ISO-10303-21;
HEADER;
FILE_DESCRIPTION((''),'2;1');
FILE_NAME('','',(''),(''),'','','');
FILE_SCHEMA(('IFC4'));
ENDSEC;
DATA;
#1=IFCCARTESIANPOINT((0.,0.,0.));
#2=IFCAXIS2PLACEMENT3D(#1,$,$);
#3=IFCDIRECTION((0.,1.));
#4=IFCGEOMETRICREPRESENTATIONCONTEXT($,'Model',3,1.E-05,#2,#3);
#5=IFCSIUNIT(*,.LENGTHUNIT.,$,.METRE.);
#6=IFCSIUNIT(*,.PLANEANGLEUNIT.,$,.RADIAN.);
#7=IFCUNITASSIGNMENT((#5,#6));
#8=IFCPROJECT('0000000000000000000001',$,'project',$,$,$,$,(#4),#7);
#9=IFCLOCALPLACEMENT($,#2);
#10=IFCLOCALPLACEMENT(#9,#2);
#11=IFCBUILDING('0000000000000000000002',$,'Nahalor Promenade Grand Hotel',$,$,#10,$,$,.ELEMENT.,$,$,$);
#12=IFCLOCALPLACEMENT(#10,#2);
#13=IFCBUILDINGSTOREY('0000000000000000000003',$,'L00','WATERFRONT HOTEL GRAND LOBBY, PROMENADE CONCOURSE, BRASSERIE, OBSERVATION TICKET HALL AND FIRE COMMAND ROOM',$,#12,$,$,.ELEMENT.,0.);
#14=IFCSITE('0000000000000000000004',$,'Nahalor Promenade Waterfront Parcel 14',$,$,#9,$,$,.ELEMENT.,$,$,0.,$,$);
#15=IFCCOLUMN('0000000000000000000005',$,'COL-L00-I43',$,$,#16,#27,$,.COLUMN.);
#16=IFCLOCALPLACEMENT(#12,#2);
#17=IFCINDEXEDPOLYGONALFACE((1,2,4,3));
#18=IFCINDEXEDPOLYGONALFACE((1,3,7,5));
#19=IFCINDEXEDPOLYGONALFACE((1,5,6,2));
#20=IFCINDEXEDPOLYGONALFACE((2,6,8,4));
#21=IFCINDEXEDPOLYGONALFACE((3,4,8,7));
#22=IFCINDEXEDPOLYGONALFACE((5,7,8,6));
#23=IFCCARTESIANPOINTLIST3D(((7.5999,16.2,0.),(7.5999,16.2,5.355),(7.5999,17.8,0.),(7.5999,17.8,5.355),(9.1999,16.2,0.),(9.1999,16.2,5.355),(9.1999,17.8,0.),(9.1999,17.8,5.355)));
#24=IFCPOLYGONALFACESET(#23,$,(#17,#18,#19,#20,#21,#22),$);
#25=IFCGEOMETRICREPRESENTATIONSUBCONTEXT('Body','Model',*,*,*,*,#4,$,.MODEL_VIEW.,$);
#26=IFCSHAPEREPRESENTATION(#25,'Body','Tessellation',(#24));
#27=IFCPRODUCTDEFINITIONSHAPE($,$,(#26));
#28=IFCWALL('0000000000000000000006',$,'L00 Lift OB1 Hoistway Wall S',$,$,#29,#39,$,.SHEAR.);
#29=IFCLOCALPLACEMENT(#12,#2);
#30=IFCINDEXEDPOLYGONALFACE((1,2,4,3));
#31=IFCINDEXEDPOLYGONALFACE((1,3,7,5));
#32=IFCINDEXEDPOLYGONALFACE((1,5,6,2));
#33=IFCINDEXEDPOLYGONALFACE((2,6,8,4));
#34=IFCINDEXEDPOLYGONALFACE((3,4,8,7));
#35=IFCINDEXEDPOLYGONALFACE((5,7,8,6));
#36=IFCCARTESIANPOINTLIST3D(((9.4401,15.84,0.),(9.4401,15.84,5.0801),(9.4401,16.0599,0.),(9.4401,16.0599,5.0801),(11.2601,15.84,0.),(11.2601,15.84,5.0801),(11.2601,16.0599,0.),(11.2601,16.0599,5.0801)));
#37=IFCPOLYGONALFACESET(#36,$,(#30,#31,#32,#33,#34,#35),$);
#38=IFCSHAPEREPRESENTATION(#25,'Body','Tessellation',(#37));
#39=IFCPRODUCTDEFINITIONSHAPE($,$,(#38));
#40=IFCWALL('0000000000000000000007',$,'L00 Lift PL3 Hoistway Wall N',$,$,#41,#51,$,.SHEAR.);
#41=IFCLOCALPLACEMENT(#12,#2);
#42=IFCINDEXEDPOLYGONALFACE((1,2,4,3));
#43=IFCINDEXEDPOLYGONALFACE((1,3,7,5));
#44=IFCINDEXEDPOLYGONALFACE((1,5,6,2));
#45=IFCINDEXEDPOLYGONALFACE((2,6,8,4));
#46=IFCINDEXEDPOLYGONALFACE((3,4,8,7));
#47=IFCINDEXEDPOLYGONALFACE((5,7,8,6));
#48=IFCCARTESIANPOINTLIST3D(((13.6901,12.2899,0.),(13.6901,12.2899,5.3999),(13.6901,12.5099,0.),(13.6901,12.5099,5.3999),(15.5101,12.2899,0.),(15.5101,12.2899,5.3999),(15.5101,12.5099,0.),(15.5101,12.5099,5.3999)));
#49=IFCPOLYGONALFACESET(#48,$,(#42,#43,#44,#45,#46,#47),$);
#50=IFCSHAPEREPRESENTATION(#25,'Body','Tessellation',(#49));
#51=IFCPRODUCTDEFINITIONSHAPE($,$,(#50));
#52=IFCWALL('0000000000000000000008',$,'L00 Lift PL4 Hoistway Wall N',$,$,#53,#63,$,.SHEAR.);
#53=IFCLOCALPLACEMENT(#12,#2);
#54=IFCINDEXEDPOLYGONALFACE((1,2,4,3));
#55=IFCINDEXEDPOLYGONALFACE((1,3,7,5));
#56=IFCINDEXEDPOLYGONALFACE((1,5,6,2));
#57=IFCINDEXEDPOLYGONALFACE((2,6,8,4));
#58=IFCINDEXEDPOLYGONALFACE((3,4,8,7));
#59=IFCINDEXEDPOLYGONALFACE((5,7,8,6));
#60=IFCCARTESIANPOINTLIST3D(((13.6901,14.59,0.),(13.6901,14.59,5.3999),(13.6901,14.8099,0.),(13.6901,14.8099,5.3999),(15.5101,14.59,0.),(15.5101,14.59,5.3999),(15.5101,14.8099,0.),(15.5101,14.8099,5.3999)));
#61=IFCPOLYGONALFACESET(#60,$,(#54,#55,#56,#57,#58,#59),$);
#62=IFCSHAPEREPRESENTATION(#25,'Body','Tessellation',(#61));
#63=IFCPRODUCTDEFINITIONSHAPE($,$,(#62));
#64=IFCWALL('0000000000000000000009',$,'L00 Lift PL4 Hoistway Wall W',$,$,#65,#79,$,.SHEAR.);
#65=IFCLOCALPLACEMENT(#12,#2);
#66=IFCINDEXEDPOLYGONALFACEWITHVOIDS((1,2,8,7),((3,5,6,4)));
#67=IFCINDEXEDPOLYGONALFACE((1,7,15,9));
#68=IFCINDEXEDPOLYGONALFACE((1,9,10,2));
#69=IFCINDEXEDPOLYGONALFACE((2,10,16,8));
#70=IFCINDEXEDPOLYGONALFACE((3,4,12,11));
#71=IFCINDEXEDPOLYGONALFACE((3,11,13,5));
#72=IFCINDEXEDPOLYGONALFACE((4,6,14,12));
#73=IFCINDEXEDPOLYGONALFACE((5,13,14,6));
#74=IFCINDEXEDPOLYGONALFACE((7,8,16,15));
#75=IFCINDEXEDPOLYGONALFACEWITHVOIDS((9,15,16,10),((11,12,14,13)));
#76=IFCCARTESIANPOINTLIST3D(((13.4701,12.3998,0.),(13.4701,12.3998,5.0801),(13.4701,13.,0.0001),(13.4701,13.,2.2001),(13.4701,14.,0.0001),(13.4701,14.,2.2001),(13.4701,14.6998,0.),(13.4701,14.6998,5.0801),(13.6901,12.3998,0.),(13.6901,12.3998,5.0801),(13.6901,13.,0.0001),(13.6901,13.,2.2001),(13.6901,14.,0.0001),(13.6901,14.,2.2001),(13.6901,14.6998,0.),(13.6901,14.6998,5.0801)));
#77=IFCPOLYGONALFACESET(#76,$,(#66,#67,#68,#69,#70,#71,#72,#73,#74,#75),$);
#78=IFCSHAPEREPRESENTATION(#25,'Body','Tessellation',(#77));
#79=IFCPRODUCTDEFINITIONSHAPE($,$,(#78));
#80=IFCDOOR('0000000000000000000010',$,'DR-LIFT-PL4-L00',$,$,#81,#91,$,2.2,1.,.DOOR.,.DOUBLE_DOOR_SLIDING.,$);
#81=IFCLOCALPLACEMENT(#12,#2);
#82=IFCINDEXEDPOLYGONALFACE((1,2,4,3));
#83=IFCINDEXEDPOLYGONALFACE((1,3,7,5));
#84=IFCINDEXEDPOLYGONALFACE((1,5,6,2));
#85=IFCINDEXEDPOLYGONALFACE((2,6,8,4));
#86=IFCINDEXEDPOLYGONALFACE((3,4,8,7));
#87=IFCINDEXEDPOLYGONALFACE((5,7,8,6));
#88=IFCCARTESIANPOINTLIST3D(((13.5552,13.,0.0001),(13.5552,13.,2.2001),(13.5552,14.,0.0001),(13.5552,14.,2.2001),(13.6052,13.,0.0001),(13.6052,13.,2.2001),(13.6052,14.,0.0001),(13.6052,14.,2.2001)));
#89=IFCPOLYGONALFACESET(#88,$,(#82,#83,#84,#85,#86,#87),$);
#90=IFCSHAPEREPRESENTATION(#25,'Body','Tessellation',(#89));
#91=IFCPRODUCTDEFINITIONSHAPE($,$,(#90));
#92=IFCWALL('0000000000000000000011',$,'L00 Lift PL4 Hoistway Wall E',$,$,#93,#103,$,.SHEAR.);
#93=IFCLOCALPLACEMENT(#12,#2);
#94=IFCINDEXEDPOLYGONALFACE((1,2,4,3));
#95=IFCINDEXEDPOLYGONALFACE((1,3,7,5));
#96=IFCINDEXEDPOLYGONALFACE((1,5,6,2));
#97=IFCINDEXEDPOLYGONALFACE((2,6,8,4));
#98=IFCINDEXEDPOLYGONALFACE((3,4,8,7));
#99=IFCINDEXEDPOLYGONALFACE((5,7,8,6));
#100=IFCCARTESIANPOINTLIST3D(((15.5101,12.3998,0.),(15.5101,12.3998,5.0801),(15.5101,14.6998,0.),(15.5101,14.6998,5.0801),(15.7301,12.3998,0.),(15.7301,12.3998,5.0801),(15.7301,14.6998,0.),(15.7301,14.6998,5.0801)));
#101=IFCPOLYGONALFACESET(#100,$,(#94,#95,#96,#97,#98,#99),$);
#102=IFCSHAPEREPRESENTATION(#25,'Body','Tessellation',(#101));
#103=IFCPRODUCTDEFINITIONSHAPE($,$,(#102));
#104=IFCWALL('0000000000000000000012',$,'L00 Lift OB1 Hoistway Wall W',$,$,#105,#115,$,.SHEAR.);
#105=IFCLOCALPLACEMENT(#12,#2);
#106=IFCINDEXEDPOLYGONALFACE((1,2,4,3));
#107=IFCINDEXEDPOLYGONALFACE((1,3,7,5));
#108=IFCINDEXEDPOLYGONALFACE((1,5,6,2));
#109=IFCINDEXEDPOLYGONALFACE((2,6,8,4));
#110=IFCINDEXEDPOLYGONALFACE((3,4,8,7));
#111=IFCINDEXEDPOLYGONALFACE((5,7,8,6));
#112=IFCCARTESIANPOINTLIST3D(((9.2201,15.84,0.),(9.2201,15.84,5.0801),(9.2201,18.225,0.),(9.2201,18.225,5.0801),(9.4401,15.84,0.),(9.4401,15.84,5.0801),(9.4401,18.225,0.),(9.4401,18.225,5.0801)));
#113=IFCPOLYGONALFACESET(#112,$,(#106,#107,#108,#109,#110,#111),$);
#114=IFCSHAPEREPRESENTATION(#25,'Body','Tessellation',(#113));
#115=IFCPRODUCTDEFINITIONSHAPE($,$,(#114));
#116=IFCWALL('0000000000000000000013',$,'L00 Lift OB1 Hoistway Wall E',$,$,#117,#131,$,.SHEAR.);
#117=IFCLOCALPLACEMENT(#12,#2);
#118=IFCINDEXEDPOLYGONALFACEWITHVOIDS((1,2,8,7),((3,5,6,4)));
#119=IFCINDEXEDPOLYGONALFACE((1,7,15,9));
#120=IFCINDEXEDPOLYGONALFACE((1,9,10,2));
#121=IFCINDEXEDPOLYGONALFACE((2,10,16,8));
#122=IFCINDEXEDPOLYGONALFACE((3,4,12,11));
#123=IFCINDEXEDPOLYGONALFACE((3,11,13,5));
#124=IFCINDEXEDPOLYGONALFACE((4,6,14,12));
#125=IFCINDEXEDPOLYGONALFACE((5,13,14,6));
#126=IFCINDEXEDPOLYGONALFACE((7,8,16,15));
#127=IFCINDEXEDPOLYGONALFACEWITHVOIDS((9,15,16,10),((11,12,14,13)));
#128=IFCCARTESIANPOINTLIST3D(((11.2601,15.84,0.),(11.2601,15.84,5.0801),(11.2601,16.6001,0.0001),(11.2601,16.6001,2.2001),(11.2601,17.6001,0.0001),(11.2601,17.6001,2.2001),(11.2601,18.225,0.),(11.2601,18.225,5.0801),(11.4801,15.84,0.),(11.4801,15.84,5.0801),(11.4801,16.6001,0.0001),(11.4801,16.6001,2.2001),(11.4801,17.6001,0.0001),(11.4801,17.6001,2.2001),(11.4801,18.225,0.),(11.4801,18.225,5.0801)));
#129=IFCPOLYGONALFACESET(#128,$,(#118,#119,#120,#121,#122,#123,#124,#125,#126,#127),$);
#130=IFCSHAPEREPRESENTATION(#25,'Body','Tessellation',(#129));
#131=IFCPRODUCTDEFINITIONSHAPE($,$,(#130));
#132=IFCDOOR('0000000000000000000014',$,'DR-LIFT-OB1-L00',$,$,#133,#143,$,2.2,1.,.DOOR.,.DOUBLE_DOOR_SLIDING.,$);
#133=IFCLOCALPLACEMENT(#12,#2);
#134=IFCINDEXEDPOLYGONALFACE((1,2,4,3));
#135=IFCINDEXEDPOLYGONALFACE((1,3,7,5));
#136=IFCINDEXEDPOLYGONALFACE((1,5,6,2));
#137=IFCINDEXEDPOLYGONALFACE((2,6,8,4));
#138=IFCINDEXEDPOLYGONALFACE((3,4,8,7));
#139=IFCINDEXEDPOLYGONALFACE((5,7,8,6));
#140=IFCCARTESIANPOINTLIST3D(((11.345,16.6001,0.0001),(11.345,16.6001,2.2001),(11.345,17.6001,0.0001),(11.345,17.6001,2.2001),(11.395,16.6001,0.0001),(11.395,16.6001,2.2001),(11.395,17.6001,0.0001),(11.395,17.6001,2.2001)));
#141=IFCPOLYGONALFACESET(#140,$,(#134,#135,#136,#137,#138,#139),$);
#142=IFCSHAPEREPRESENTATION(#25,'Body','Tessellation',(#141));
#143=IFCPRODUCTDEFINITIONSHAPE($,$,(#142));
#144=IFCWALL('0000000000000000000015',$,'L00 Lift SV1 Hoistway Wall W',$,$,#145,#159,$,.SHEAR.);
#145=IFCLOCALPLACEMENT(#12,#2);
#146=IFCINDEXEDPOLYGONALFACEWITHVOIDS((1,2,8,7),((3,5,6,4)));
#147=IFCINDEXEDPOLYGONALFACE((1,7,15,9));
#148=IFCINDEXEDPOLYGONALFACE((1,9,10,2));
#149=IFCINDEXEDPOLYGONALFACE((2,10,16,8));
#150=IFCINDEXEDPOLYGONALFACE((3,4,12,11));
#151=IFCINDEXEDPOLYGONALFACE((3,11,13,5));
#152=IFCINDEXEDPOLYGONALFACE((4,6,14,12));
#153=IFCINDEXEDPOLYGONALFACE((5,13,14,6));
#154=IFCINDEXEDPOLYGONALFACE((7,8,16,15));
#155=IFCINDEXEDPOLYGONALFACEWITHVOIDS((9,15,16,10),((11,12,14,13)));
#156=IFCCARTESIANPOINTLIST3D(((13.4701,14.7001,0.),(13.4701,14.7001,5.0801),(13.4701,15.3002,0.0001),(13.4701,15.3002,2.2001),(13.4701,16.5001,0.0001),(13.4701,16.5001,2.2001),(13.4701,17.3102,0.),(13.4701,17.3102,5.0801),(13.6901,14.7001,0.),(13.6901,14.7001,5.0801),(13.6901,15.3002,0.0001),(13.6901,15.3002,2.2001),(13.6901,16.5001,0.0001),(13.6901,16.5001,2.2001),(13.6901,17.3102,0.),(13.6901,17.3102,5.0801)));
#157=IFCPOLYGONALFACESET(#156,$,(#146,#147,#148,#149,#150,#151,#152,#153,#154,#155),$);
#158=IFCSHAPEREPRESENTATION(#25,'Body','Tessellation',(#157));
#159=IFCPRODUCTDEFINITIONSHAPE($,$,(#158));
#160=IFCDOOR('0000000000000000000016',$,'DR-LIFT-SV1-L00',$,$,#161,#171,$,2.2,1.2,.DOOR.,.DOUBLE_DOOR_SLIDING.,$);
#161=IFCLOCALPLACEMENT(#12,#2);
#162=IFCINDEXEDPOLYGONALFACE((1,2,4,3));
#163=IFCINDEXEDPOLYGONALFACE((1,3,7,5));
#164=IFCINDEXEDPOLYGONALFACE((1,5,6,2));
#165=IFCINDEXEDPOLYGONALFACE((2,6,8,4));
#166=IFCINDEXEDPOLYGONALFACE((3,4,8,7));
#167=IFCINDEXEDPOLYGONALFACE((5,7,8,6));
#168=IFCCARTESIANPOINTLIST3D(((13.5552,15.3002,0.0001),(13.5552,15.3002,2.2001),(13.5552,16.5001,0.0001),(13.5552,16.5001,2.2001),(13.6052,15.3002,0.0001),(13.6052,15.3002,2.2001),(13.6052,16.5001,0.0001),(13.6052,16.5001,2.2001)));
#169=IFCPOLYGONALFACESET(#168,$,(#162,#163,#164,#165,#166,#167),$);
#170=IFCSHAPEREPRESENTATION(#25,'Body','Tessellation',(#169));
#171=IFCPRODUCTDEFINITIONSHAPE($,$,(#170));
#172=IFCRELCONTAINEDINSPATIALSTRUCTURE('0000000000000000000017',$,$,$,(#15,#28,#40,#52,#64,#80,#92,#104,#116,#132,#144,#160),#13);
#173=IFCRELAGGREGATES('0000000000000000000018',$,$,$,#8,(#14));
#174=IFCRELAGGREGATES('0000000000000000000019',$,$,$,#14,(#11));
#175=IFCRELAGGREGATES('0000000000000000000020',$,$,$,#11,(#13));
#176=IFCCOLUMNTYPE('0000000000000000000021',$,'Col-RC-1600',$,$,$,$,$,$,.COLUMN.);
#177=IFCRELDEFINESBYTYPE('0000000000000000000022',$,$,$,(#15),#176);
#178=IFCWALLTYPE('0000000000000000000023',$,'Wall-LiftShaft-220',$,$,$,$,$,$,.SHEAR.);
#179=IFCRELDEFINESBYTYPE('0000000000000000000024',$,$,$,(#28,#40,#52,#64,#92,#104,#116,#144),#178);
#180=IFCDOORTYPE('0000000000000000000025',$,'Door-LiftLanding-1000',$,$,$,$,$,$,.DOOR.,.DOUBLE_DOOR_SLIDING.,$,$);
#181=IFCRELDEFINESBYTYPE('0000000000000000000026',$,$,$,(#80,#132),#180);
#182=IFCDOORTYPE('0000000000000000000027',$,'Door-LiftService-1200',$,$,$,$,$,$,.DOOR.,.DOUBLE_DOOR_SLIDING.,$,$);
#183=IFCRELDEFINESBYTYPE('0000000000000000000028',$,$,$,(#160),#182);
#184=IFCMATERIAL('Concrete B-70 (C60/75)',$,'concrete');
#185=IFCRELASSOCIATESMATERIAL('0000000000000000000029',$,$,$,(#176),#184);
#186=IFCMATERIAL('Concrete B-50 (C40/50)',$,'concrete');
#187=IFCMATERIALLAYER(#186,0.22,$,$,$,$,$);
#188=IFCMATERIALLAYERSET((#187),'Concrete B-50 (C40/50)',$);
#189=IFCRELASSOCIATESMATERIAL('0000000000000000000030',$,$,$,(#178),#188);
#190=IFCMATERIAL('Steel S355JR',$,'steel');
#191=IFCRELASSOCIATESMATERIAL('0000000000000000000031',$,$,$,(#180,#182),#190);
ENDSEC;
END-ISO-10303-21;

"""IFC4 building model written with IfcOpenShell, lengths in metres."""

from ifc_helpers import new_model, si_unit, direction, frame, frame_2d, origin, origin_2d, place, context, subcontext, project, spatial, rectangle, extrude, source, transform, mapped, material, layer, layer_set, material_profile, profile_set, type_object, element, fill, save


model = new_model("IFC4")

# Units and contexts
model_context = context("Model", 3, precision=1e-05, world=origin(), true_north=direction((0.0, 1.0)))
body_context = subcontext(model_context, "Body", "Model", "MODEL_VIEW")
ifc_project = project(units=[si_unit("LENGTHUNIT", "METRE"), si_unit("PLANEANGLEUNIT", "RADIAN")], contexts=[model_context])

# Site, building, storey
site_placement = place(None, origin())
site = spatial("IfcSite", under=ifc_project, at=site_placement, Name="Nahalor Promenade Waterfront Parcel 14", CompositionType="ELEMENT", RefElevation=0.0)
building_placement = place(site_placement, origin())
building = spatial("IfcBuilding", under=site, at=building_placement, Name="Nahalor Promenade Grand Hotel", CompositionType="ELEMENT")
storey_placement = place(building_placement, origin())
storey = spatial("IfcBuildingStorey", under=building, at=storey_placement, Name="L00", Description="WATERFRONT HOTEL GRAND LOBBY, PROMENADE CONCOURSE, BRASSERIE, OBSERVATION TICKET HALL AND FIRE COMMAND ROOM", CompositionType="ELEMENT", Elevation=0.0)

# Column
ifc_material_1 = material(Name="Concrete B-70 (C60/75)", Category="concrete")
ifc_material_profile = material_profile(ifc_material_1, rectangle(XDim=1.6, YDim=1.6, at=origin_2d()), Name="RC 1600x1600")
ifc_profile_set = profile_set([ifc_material_profile], Name="Concrete B-70 (C60/75)")
column_type = type_object("IfcColumnType", Name="Col-RC-1600", PredefinedType="COLUMN", material=ifc_profile_set)
shared_shape_1 = source(origin(), body_context, "Body", "SweptSolid", [
    extrude(rectangle(XDim=1.6, YDim=1.6, at=origin_2d()), origin(), (0.0, 0.0, 1.0), 5.355),
])
column_placement = place(storey_placement, frame((8.3999, 17.0, 0.0), z_axis=(0.0, 0.0, 1.0), x_axis=(1.0, 0.0, 0.0)))
element("IfcColumn", 1, at=column_placement, inside=storey, type_object=column_type, Name="COL-L00-I43", PredefinedType="COLUMN", context=body_context, shape_type="MappedRepresentation", body=[
    mapped(shared_shape_1, transform((0.0, 0.0, 0.0), scale=1.0)),
])

# Walls
ifc_material_2 = material(Name="Concrete B-50 (C40/50)", Category="concrete")
ifc_layer_1 = layer(ifc_material_2, 0.22)
ifc_layer_set_1 = layer_set([ifc_layer_1], Name="Concrete B-50 (C40/50)")
wall_type = type_object("IfcWallType", Name="Wall-LiftShaft-220", PredefinedType="SHEAR", material=ifc_layer_set_1)
shared_shape_2 = source(origin(), body_context, "Body", "SweptSolid", [
    extrude(rectangle(XDim=1.8201, YDim=0.22, at=frame_2d((0.9102, 0.0))), origin(), (0.0, 0.0, 1.0), 5.0801),
])
wall_1_placement = place(storey_placement, frame((9.4399, 15.95, 0.0), z_axis=(0.0, 0.0, 1.0), x_axis=(1.0, 0.0, 0.0)))
element("IfcWall", 2, at=wall_1_placement, inside=storey, type_object=wall_type, Name="L00 Lift OB1 Hoistway Wall S", PredefinedType="SHEAR", context=body_context, shape_type="MappedRepresentation", body=[
    mapped(shared_shape_2, transform((0.0, 0.0, 0.0), scale=1.0)),
])
shared_shape_3 = source(origin(), body_context, "Body", "SweptSolid", [
    extrude(rectangle(XDim=1.8201, YDim=0.22, at=frame_2d((0.9102, 0.0))), origin(), (0.0, 0.0, 1.0), 5.3999),
])
for number, where, z_axis, x_axis, name in (
    (3, (13.6899, 12.3999, 0.0), (0.0, 0.0, 1.0), (1.0, 0.0, 0.0), "L00 Lift PL3 Hoistway Wall N"),
    (4, (13.6899, 14.7, 0.0), (0.0, 0.0, 1.0), (1.0, 0.0, 0.0), "L00 Lift PL4 Hoistway Wall N"),
):
    element("IfcWall", number, at=place(storey_placement, frame(where, z_axis=z_axis, x_axis=x_axis)), inside=storey, type_object=wall_type, Name=name, PredefinedType="SHEAR", context=body_context, shape_type="MappedRepresentation", body=[
        mapped(shared_shape_3, transform((0.0, 0.0, 0.0), scale=1.0)),
    ])

# Wall, opening, door
shared_shape_4 = source(origin(), body_context, "Body", "SweptSolid", [
    extrude(rectangle(XDim=2.3, YDim=0.22, at=frame_2d((1.1499, 0.0))), origin(), (0.0, 0.0, 1.0), 5.0801),
])
wall_2_placement = place(storey_placement, frame((13.5801, 12.3999, 0.0), z_axis=(0.0, 0.0, 1.0), x_axis=(0.0, 1.0, 0.0)))
wall_2 = element("IfcWall", 5, at=wall_2_placement, inside=storey, type_object=wall_type, Name="L00 Lift PL4 Hoistway Wall W", PredefinedType="SHEAR", context=body_context, shape_type="MappedRepresentation", body=[
    mapped(shared_shape_4, transform((0.0, 0.0, 0.0), scale=1.0)),
])
opening_1_placement = place(wall_2_placement, frame((0.6001, 0.0, 0.0)))
opening_1 = element("IfcOpeningElement", 6, at=opening_1_placement, cuts=wall_2, PredefinedType="OPENING", context=body_context, shape_type="SweptSolid", body=[
    extrude(rectangle(XDim=1.0, YDim=2.2, at=frame_2d((0.5, 1.1001))), frame((0.0, 0.1199, 0.0), z_axis=(0.0, -1.0, 0.0), x_axis=(1.0, 0.0, 0.0)), (0.0, 0.0, 1.0), 0.24),
])
ifc_material_3 = material(Name="Steel S355JR", Category="steel")
door_type_1 = type_object("IfcDoorType", Name="Door-LiftLanding-1000", OperationType="DOUBLE_DOOR_SLIDING", PredefinedType="DOOR", material=ifc_material_3)
shared_shape_5 = source(origin(), body_context, "Body", "SweptSolid", [
    extrude(rectangle(XDim=1.0, YDim=2.2, at=frame_2d((0.5, 1.1001))), frame((0.0, 0.0249, 0.0), z_axis=(0.0, -1.0, 0.0), x_axis=(1.0, 0.0, 0.0)), (0.0, 0.0, 1.0), 0.05),
])
door_1_placement = place(opening_1_placement, origin())
door_1 = element("IfcDoor", 7, at=door_1_placement, inside=storey, type_object=door_type_1, Name="DR-LIFT-PL4-L00", OperationType="DOUBLE_DOOR_SLIDING", OverallHeight=2.2, OverallWidth=1.0, PredefinedType="DOOR", context=body_context, shape_type="MappedRepresentation", body=[
    mapped(shared_shape_5, transform((0.0, 0.0, 0.0), scale=1.0)),
])
fill(opening_1, door_1)

# Walls
wall_3_placement = place(storey_placement, frame((15.6201, 12.3999, 0.0), z_axis=(0.0, 0.0, 1.0), x_axis=(0.0, 1.0, 0.0)))
element("IfcWall", 8, at=wall_3_placement, inside=storey, type_object=wall_type, Name="L00 Lift PL4 Hoistway Wall E", PredefinedType="SHEAR", context=body_context, shape_type="MappedRepresentation", body=[
    mapped(shared_shape_4, transform((0.0, 0.0, 0.0), scale=1.0)),
])
shared_shape_6 = source(origin(), body_context, "Body", "SweptSolid", [
    extrude(rectangle(XDim=2.385, YDim=0.22, at=frame_2d((1.1924, 0.0))), origin(), (0.0, 0.0, 1.0), 5.0801),
])
wall_4_placement = place(storey_placement, frame((9.3301, 15.8401, 0.0), z_axis=(0.0, 0.0, 1.0), x_axis=(0.0, 1.0, 0.0)))
element("IfcWall", 9, at=wall_4_placement, inside=storey, type_object=wall_type, Name="L00 Lift OB1 Hoistway Wall W", PredefinedType="SHEAR", context=body_context, shape_type="MappedRepresentation", body=[
    mapped(shared_shape_6, transform((0.0, 0.0, 0.0), scale=1.0)),
])

# Walls, openings, doors
wall_5_placement = place(storey_placement, frame((11.3701, 15.8401, 0.0), z_axis=(0.0, 0.0, 1.0), x_axis=(0.0, 1.0, 0.0)))
wall_5 = element("IfcWall", 10, at=wall_5_placement, inside=storey, type_object=wall_type, Name="L00 Lift OB1 Hoistway Wall E", PredefinedType="SHEAR", context=body_context, shape_type="MappedRepresentation", body=[
    mapped(shared_shape_6, transform((0.0, 0.0, 0.0), scale=1.0)),
])
opening_2_placement = place(wall_5_placement, frame((0.76, 0.0, 0.0)))
opening_2 = element("IfcOpeningElement", 11, at=opening_2_placement, cuts=wall_5, PredefinedType="OPENING", context=body_context, shape_type="SweptSolid", body=[
    extrude(rectangle(XDim=1.0, YDim=2.2, at=frame_2d((0.5, 1.1001))), frame((0.0, 0.1199, 0.0), z_axis=(0.0, -1.0, 0.0), x_axis=(1.0, 0.0, 0.0)), (0.0, 0.0, 1.0), 0.24),
])
door_2_placement = place(opening_2_placement, frame((1.0, 0.0, 0.0), z_axis=(0.0, 0.0, 1.0), x_axis=(-1.0, 0.0, 0.0)))
door_2 = element("IfcDoor", 12, at=door_2_placement, inside=storey, type_object=door_type_1, Name="DR-LIFT-OB1-L00", OperationType="DOUBLE_DOOR_SLIDING", OverallHeight=2.2, OverallWidth=1.0, PredefinedType="DOOR", context=body_context, shape_type="MappedRepresentation", body=[
    mapped(shared_shape_5, transform((0.0, 0.0, 0.0), scale=1.0)),
])
fill(opening_2, door_2)
shared_shape_7 = source(origin(), body_context, "Body", "SweptSolid", [
    extrude(rectangle(XDim=2.6101, YDim=0.22, at=frame_2d((1.3052, 0.0))), origin(), (0.0, 0.0, 1.0), 5.0801),
])
wall_6_placement = place(storey_placement, frame((13.5801, 14.7, 0.0), z_axis=(0.0, 0.0, 1.0), x_axis=(0.0, 1.0, 0.0)))
wall_6 = element("IfcWall", 13, at=wall_6_placement, inside=storey, type_object=wall_type, Name="L00 Lift SV1 Hoistway Wall W", PredefinedType="SHEAR", context=body_context, shape_type="MappedRepresentation", body=[
    mapped(shared_shape_7, transform((0.0, 0.0, 0.0), scale=1.0)),
])
opening_3_placement = place(wall_6_placement, frame((0.6001, 0.0, 0.0)))
opening_3 = element("IfcOpeningElement", 14, at=opening_3_placement, cuts=wall_6, PredefinedType="OPENING", context=body_context, shape_type="SweptSolid", body=[
    extrude(rectangle(XDim=1.2, YDim=2.2, at=frame_2d((0.6001, 1.1001))), frame((0.0, 0.1199, 0.0), z_axis=(0.0, -1.0, 0.0), x_axis=(1.0, 0.0, 0.0)), (0.0, 0.0, 1.0), 0.24),
])
door_type_2 = type_object("IfcDoorType", Name="Door-LiftService-1200", OperationType="DOUBLE_DOOR_SLIDING", PredefinedType="DOOR", material=ifc_material_3)
shared_shape_8 = source(origin(), body_context, "Body", "SweptSolid", [
    extrude(rectangle(XDim=1.2, YDim=2.2, at=frame_2d((0.6001, 1.1001))), frame((0.0, 0.0249, 0.0), z_axis=(0.0, -1.0, 0.0), x_axis=(1.0, 0.0, 0.0)), (0.0, 0.0, 1.0), 0.05),
])
door_3_placement = place(opening_3_placement, origin())
door_3 = element("IfcDoor", 15, at=door_3_placement, inside=storey, type_object=door_type_2, Name="DR-LIFT-SV1-L00", OperationType="DOUBLE_DOOR_SLIDING", OverallHeight=2.2, OverallWidth=1.2, PredefinedType="DOOR", context=body_context, shape_type="MappedRepresentation", body=[
    mapped(shared_shape_8, transform((0.0, 0.0, 0.0), scale=1.0)),
])
fill(opening_3, door_3)

save(model, "model.ifc")
